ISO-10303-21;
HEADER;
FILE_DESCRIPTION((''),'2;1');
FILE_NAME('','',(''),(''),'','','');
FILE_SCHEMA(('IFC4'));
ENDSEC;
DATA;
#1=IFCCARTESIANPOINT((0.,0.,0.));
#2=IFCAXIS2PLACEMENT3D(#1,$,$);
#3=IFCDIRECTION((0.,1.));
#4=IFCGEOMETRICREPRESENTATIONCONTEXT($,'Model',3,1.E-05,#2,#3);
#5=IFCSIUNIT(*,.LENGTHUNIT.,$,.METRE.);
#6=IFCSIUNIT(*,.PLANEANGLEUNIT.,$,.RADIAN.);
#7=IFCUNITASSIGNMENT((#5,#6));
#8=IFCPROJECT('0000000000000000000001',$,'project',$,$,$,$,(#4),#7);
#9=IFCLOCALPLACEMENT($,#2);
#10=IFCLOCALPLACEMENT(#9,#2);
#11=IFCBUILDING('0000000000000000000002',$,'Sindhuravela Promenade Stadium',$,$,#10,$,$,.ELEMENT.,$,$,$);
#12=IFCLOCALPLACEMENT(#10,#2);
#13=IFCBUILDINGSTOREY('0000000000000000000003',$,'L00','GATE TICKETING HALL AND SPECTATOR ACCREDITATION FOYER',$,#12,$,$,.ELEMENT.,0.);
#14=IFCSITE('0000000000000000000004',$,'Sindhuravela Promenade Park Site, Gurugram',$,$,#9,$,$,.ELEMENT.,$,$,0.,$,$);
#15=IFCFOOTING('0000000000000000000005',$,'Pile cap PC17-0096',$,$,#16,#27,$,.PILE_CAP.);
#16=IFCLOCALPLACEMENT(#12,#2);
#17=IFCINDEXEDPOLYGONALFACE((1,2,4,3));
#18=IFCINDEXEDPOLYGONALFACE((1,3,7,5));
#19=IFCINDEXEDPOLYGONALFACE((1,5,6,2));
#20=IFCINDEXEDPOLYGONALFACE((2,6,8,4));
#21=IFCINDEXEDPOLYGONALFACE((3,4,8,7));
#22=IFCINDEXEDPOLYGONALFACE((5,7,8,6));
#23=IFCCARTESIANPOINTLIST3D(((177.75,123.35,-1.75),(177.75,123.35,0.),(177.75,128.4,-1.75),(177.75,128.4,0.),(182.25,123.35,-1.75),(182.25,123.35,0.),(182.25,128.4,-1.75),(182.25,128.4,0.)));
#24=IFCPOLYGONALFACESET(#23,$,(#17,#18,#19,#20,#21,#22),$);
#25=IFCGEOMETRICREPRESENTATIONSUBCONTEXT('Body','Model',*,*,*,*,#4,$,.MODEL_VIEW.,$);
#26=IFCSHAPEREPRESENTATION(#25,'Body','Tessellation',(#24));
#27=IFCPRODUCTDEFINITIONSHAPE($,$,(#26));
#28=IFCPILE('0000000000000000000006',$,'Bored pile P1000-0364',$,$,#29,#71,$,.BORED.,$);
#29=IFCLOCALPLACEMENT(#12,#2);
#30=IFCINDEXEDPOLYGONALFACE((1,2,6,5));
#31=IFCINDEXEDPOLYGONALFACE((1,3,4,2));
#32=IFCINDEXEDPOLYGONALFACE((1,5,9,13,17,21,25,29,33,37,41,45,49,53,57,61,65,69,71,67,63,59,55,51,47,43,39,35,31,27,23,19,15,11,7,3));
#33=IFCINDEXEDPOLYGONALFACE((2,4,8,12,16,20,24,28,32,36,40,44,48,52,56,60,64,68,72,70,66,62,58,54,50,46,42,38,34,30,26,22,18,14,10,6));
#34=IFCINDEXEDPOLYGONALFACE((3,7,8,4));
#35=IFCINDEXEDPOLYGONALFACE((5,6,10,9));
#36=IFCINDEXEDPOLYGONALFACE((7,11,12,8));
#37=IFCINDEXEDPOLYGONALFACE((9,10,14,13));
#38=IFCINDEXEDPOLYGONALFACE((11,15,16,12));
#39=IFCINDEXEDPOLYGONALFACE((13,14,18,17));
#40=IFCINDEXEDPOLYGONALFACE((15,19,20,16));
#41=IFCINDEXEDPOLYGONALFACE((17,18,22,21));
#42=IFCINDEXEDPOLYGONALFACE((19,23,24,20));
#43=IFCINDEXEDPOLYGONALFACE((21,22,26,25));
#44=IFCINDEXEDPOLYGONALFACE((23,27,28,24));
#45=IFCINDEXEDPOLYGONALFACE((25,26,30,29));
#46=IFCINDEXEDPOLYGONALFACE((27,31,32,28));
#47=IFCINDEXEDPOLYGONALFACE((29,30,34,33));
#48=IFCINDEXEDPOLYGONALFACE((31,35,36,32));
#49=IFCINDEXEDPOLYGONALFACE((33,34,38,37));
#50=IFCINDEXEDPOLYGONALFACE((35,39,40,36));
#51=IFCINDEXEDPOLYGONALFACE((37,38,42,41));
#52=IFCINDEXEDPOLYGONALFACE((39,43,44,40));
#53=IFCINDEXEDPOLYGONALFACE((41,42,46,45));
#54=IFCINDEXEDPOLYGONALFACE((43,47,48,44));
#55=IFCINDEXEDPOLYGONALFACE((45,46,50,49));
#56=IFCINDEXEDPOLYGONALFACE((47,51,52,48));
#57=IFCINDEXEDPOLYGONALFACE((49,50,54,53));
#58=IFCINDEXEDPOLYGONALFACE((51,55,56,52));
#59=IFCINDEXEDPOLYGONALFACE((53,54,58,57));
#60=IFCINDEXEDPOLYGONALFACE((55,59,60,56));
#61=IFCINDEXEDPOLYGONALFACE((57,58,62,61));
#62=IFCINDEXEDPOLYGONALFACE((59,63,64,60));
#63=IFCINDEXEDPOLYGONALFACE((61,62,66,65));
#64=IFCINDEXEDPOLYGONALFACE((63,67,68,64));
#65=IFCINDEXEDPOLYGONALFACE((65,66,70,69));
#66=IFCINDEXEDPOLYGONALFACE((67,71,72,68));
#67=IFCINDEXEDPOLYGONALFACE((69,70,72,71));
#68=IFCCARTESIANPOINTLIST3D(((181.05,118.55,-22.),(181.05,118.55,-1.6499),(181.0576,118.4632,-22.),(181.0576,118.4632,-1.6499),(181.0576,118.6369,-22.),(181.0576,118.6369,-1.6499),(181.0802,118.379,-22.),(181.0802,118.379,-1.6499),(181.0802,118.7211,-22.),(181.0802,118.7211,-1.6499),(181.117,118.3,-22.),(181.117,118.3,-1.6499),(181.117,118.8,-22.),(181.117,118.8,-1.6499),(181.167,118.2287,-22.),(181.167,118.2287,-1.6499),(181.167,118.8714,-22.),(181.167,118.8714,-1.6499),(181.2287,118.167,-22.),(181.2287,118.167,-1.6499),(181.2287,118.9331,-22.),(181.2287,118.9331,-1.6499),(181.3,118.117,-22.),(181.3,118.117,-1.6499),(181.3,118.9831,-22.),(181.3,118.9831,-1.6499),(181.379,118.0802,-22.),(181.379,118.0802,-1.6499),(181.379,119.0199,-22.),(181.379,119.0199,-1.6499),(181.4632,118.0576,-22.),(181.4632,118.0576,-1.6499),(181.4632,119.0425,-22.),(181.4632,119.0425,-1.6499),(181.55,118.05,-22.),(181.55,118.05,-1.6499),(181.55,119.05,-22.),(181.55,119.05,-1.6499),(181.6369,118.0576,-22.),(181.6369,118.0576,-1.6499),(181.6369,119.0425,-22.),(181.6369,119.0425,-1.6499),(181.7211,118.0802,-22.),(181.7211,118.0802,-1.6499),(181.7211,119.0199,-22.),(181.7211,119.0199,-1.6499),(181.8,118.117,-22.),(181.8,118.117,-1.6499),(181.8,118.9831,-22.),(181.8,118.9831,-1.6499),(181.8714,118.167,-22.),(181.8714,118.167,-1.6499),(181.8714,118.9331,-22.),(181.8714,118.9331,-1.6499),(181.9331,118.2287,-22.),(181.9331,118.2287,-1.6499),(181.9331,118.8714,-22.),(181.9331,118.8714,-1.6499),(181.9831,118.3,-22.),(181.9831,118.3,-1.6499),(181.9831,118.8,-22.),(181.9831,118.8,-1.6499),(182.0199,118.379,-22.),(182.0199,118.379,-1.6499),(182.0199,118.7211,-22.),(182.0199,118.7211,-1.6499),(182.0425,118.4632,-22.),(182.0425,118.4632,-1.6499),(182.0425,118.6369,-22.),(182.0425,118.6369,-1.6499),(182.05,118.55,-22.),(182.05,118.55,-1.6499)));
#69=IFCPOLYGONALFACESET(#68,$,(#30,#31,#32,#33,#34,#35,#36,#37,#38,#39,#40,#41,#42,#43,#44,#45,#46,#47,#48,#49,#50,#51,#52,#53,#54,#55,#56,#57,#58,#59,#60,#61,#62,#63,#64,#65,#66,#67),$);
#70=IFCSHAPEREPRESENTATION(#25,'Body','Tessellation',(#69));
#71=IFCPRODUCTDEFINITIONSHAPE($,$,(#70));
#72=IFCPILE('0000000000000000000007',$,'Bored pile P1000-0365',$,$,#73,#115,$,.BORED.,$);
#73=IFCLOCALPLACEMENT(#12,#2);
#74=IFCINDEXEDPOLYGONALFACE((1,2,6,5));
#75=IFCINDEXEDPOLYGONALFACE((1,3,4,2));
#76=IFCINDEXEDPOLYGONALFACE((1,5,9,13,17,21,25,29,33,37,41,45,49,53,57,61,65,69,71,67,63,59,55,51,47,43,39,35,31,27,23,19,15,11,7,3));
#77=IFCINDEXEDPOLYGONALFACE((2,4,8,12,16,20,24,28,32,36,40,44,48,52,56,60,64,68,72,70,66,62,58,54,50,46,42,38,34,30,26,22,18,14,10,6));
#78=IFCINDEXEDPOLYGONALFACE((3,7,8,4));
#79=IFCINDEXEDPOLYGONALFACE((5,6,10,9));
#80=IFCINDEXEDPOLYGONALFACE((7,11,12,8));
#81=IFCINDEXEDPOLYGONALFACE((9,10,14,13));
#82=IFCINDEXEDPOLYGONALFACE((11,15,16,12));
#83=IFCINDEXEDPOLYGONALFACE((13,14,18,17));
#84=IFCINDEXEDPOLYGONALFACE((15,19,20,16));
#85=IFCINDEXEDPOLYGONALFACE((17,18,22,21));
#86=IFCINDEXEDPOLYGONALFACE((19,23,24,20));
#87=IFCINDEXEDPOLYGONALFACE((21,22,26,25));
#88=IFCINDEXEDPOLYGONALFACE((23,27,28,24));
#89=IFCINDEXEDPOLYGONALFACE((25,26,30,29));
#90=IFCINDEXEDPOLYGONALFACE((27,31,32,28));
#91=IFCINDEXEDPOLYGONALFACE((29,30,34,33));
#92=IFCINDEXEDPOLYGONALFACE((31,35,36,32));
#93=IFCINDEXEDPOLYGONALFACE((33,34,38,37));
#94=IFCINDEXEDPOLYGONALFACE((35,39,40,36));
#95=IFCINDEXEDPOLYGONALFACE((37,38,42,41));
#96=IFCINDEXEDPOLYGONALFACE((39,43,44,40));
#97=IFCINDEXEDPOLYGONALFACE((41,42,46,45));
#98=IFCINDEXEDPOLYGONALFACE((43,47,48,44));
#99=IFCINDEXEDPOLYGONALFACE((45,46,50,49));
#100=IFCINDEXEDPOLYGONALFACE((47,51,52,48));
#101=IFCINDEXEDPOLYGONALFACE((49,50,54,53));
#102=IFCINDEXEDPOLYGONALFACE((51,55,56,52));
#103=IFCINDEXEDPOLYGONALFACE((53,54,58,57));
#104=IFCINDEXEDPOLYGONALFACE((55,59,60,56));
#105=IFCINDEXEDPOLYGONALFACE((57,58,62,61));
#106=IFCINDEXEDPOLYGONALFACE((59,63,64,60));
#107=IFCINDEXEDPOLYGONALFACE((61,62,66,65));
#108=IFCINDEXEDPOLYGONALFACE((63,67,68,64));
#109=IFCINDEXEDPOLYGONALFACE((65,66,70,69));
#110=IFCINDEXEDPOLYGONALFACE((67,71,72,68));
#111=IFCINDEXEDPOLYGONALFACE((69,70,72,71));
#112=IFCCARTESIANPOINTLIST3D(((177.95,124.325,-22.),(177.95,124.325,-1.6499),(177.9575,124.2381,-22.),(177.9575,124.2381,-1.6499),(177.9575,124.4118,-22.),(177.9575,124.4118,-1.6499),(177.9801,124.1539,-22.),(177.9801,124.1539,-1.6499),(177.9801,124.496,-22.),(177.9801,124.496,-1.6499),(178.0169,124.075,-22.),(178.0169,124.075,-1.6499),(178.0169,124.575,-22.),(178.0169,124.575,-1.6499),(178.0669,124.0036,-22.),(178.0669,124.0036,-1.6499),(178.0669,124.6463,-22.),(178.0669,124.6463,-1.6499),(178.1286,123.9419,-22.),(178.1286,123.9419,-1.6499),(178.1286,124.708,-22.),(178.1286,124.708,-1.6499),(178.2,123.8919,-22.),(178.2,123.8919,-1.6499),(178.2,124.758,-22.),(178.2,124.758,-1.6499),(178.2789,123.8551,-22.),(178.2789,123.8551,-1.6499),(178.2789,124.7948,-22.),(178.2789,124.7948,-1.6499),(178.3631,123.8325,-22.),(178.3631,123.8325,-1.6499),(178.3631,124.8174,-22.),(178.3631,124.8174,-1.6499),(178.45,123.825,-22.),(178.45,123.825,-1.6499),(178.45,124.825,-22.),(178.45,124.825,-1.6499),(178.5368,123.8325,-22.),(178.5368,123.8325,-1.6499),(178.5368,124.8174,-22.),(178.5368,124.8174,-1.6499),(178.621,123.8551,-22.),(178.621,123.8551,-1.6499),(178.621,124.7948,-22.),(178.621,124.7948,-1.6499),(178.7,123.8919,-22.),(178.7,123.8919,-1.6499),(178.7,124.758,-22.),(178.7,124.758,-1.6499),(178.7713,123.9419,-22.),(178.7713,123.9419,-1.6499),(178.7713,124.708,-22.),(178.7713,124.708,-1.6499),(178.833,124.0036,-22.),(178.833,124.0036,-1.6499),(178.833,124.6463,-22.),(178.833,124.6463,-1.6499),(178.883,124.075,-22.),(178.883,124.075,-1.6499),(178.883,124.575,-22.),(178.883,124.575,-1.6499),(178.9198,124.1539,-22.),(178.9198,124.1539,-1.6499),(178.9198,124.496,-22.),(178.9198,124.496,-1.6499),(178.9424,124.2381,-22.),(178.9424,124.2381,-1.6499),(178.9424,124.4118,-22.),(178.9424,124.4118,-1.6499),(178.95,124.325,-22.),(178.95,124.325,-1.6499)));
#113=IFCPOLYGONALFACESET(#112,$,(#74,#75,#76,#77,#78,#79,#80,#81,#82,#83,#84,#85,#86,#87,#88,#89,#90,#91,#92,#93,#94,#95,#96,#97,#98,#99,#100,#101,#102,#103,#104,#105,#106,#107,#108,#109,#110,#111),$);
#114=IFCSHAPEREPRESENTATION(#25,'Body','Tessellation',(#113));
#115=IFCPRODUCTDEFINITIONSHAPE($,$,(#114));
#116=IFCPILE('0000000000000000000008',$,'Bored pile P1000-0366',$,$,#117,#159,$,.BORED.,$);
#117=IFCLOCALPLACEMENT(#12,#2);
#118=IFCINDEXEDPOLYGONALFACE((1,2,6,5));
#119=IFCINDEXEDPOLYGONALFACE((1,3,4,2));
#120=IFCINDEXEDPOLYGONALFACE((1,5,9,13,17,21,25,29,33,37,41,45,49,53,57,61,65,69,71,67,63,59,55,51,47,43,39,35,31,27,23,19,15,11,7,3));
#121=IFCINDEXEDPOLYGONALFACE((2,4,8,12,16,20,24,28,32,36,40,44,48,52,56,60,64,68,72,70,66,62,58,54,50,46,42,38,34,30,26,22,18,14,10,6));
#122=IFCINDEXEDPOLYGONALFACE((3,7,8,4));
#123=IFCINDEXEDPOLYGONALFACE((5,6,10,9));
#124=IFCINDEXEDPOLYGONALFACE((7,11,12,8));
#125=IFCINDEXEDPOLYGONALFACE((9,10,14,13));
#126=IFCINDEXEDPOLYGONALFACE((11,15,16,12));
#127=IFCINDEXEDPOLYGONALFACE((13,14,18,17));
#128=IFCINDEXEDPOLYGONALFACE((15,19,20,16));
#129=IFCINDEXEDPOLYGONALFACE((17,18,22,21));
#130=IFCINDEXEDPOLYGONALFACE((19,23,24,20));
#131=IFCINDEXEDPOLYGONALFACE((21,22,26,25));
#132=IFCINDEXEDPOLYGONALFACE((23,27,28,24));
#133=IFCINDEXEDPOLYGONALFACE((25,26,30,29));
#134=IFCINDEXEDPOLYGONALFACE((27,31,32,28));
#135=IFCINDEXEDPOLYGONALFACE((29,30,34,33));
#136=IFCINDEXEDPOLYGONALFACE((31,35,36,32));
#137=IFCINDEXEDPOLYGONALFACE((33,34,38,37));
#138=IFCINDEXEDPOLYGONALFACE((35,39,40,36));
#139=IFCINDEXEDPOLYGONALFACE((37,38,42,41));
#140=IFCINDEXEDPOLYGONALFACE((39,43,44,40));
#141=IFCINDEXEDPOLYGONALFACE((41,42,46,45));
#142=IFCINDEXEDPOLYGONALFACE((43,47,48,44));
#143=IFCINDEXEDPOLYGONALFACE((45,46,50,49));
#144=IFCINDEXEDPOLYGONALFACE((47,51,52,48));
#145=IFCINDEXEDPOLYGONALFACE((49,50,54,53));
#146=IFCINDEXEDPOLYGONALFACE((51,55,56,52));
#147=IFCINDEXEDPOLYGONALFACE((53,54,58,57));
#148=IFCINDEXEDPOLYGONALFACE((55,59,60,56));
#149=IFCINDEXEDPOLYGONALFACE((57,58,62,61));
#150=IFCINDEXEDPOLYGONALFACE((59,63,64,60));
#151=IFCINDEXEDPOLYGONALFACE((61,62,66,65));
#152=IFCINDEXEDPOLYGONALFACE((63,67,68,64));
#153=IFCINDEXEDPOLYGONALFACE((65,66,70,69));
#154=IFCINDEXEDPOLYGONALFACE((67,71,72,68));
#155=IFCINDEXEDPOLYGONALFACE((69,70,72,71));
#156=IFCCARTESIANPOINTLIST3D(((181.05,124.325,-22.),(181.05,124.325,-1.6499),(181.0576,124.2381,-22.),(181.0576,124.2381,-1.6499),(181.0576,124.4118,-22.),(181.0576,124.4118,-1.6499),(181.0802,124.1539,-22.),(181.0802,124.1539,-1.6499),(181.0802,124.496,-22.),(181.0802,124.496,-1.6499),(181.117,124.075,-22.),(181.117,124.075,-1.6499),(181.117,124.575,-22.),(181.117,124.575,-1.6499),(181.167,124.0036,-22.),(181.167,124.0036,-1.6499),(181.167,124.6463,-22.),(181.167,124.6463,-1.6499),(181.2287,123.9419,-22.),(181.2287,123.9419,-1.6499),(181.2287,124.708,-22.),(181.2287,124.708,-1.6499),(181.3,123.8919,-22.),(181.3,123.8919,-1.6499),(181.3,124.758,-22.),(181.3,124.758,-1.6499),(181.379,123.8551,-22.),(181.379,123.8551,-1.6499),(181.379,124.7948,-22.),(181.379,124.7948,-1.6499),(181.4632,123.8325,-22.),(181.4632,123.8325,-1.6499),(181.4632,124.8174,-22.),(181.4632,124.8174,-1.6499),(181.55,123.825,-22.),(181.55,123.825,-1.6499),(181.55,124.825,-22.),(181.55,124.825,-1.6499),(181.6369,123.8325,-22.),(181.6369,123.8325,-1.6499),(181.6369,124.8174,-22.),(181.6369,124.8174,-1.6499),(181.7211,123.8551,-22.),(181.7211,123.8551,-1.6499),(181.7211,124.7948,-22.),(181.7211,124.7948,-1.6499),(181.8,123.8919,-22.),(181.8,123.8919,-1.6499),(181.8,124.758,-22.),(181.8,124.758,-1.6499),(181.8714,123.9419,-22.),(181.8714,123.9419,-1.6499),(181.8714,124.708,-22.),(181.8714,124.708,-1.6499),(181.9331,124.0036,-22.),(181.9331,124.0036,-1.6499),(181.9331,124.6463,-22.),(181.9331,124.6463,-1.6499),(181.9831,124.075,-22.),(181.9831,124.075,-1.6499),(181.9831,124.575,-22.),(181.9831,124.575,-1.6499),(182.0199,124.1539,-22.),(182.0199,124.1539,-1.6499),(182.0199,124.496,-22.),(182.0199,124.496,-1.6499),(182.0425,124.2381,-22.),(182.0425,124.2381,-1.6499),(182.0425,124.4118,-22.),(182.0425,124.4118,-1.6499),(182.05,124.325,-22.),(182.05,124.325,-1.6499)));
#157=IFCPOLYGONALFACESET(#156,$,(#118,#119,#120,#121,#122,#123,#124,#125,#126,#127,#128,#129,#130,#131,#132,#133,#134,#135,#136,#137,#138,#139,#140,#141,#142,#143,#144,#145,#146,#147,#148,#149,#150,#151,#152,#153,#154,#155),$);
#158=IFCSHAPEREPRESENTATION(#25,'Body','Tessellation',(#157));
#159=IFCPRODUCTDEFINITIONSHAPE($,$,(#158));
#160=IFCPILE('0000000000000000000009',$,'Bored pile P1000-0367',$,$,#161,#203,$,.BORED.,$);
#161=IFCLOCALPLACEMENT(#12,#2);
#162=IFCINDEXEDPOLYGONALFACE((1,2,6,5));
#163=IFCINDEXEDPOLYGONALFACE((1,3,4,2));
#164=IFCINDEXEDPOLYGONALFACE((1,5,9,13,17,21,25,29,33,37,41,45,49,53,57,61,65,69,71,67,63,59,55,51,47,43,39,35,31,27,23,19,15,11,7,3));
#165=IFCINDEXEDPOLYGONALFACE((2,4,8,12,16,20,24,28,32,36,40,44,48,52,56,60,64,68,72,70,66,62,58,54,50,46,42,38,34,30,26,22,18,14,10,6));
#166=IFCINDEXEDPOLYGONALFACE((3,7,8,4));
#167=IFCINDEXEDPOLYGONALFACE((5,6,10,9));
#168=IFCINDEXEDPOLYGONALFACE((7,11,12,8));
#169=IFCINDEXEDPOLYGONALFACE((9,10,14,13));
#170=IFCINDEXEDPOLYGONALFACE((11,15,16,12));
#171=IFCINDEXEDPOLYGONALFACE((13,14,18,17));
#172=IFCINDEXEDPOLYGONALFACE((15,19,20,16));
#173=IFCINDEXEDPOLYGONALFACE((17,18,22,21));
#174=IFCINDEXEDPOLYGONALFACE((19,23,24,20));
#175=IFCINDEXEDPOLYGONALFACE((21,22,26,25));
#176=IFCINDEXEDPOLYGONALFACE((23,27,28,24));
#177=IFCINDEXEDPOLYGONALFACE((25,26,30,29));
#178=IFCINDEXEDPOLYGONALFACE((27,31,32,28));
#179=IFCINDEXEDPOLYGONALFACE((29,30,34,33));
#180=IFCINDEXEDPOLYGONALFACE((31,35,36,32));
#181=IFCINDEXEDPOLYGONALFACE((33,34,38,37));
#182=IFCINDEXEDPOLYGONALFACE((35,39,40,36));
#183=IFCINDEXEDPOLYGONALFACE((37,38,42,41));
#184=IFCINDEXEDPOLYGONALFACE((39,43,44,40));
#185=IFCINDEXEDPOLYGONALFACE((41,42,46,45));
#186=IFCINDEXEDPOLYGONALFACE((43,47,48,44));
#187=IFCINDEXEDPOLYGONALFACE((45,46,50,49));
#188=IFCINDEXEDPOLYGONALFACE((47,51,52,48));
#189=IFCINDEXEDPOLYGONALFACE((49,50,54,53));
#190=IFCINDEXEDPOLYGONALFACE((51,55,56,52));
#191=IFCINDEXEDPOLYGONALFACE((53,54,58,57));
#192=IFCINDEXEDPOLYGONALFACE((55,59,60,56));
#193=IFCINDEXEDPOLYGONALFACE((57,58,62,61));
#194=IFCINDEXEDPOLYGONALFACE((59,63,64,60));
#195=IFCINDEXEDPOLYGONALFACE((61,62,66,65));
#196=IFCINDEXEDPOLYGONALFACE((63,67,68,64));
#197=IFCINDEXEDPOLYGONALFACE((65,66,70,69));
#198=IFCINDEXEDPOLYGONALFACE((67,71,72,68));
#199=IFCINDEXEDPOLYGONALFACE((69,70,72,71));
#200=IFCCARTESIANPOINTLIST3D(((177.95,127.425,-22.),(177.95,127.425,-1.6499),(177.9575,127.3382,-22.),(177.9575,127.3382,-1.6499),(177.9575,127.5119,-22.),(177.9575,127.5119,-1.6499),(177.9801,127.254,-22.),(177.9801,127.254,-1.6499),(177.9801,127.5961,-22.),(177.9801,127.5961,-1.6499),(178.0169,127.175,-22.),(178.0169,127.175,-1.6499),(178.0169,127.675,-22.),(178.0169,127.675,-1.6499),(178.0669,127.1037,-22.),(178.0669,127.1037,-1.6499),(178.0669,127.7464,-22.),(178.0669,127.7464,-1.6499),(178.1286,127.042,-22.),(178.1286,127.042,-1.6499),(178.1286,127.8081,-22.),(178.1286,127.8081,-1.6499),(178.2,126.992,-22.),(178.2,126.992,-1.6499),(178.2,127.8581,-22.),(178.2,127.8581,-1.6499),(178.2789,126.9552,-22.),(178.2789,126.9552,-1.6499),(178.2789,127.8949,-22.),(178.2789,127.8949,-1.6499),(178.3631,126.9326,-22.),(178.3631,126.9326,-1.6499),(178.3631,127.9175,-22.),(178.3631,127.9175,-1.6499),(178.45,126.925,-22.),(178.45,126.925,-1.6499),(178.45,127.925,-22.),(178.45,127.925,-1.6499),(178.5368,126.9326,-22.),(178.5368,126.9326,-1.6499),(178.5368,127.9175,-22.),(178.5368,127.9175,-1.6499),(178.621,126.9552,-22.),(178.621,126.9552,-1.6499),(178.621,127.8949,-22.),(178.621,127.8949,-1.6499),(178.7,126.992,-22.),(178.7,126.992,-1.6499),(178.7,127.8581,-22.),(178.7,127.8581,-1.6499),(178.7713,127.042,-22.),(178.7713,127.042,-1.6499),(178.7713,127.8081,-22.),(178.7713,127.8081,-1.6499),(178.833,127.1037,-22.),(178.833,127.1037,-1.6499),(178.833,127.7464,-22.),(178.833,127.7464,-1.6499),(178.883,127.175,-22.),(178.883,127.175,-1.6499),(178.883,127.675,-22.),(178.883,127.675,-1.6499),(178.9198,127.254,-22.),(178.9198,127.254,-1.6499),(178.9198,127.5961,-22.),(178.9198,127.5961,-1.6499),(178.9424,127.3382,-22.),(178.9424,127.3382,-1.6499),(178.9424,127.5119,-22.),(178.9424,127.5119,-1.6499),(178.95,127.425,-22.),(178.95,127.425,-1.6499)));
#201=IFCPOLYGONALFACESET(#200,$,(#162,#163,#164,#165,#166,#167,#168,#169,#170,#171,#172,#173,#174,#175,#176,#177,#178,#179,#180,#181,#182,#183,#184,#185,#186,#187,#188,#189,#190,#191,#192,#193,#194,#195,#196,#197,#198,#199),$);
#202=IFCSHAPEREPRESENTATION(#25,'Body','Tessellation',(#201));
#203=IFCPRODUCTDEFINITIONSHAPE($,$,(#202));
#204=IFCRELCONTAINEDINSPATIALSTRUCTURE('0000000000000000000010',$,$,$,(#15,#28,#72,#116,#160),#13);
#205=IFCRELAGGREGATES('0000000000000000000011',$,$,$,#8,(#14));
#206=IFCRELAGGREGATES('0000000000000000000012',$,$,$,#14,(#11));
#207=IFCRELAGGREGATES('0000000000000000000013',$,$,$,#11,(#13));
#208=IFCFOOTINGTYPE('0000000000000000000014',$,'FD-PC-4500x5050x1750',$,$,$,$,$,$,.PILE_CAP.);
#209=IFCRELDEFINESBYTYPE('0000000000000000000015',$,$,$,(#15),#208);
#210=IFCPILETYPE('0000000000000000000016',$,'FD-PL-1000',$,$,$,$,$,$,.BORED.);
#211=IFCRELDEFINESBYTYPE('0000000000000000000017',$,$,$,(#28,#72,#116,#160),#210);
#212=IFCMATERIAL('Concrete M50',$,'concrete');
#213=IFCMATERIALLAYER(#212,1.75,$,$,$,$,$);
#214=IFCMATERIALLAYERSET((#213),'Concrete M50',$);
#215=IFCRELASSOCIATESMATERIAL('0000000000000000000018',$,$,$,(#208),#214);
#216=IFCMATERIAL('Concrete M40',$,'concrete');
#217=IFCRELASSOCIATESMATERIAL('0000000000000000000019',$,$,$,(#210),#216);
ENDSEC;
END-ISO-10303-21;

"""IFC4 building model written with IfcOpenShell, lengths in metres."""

from ifc_helpers import new_model, si_unit, direction, frame, origin, origin_2d, place, context, subcontext, project, spatial, rectangle, circle, extrude, material, layer, layer_set, material_profile, profile_set, type_object, element, save


model = new_model("IFC4")

# Units and contexts
model_context = context("Model", 3, precision=1e-05, world=origin(), true_north=direction((0.0, 1.0)))
body_context = subcontext(model_context, "Body", "Model", "MODEL_VIEW")
ifc_project = project(units=[si_unit("LENGTHUNIT", "METRE"), si_unit("PLANEANGLEUNIT", "RADIAN")], contexts=[model_context])

# Site, building, storey
site_placement = place(None, origin())
site = spatial("IfcSite", under=ifc_project, at=site_placement, Name="Sindhuravela Promenade Park Site, Gurugram", CompositionType="ELEMENT", RefElevation=0.0)
building_placement = place(site_placement, origin())
building = spatial("IfcBuilding", under=site, at=building_placement, Name="Sindhuravela Promenade Stadium", CompositionType="ELEMENT")
storey_placement = place(building_placement, origin())
storey = spatial("IfcBuildingStorey", under=building, at=storey_placement, Name="L00", Description="GATE TICKETING HALL AND SPECTATOR ACCREDITATION FOYER", CompositionType="ELEMENT", Elevation=0.0)

# Footing
ifc_material_1 = material(Name="Concrete M50", Category="concrete")
ifc_layer_1 = layer(ifc_material_1, 1.75)
ifc_layer_set_1 = layer_set([ifc_layer_1], Name="Concrete M50")
footing_type = type_object("IfcFootingType", Name="FD-PC-4500x5050x1750", PredefinedType="PILE_CAP", material=ifc_layer_set_1)
footing_placement = place(storey_placement, frame((180.0, 125.875, -1.75), z_axis=(0.0, 0.0, 1.0), x_axis=(1.0, 0.0, 0.0)))
element("IfcFooting", 1, at=footing_placement, inside=storey, type_object=footing_type, Name="Pile cap PC17-0096", PredefinedType="PILE_CAP", context=body_context, shape_type="SweptSolid", body=[
    extrude(rectangle(XDim=4.5, YDim=5.05, at=origin_2d()), origin(), (0.0, 0.0, 1.0), 1.75),
])

# Piles
ifc_material_2 = material(Name="Concrete M40", Category="concrete")
ifc_material_profile_1 = material_profile(ifc_material_2, circle(Radius=0.5, at=origin_2d()), Name="BORED PILE D1000")
ifc_profile_set_1 = profile_set([ifc_material_profile_1], Name="Concrete M40")
pile_type_1 = type_object("IfcPileType", Name="FD-PL-1000", PredefinedType="BORED", material=ifc_profile_set_1)
for number, where, z_axis, x_axis, name in (
    (2, (181.55, 118.55, -1.6499), (0.0, 0.0, -1.0), (1.0, 0.0, 0.0), "Bored pile P1000-0364"),
    (3, (178.45, 124.325, -1.6499), (0.0, 0.0, -1.0), (1.0, 0.0, 0.0), "Bored pile P1000-0365"),
    (4, (181.55, 124.325, -1.6499), (0.0, 0.0, -1.0), (1.0, 0.0, 0.0), "Bored pile P1000-0366"),
    (5, (178.45, 127.425, -1.6499), (0.0, 0.0, -1.0), (1.0, 0.0, 0.0), "Bored pile P1000-0367"),
):
    element("IfcPile", number, at=place(storey_placement, frame(where, z_axis=z_axis, x_axis=x_axis)), inside=storey, type_object=pile_type_1, Name=name, PredefinedType="BORED", context=body_context, shape_type="SweptSolid", body=[
        extrude(circle(Radius=0.5, at=origin_2d()), origin(), (0.0, 0.0, 1.0), 20.3501),
    ])

save(model, "model.ifc")
